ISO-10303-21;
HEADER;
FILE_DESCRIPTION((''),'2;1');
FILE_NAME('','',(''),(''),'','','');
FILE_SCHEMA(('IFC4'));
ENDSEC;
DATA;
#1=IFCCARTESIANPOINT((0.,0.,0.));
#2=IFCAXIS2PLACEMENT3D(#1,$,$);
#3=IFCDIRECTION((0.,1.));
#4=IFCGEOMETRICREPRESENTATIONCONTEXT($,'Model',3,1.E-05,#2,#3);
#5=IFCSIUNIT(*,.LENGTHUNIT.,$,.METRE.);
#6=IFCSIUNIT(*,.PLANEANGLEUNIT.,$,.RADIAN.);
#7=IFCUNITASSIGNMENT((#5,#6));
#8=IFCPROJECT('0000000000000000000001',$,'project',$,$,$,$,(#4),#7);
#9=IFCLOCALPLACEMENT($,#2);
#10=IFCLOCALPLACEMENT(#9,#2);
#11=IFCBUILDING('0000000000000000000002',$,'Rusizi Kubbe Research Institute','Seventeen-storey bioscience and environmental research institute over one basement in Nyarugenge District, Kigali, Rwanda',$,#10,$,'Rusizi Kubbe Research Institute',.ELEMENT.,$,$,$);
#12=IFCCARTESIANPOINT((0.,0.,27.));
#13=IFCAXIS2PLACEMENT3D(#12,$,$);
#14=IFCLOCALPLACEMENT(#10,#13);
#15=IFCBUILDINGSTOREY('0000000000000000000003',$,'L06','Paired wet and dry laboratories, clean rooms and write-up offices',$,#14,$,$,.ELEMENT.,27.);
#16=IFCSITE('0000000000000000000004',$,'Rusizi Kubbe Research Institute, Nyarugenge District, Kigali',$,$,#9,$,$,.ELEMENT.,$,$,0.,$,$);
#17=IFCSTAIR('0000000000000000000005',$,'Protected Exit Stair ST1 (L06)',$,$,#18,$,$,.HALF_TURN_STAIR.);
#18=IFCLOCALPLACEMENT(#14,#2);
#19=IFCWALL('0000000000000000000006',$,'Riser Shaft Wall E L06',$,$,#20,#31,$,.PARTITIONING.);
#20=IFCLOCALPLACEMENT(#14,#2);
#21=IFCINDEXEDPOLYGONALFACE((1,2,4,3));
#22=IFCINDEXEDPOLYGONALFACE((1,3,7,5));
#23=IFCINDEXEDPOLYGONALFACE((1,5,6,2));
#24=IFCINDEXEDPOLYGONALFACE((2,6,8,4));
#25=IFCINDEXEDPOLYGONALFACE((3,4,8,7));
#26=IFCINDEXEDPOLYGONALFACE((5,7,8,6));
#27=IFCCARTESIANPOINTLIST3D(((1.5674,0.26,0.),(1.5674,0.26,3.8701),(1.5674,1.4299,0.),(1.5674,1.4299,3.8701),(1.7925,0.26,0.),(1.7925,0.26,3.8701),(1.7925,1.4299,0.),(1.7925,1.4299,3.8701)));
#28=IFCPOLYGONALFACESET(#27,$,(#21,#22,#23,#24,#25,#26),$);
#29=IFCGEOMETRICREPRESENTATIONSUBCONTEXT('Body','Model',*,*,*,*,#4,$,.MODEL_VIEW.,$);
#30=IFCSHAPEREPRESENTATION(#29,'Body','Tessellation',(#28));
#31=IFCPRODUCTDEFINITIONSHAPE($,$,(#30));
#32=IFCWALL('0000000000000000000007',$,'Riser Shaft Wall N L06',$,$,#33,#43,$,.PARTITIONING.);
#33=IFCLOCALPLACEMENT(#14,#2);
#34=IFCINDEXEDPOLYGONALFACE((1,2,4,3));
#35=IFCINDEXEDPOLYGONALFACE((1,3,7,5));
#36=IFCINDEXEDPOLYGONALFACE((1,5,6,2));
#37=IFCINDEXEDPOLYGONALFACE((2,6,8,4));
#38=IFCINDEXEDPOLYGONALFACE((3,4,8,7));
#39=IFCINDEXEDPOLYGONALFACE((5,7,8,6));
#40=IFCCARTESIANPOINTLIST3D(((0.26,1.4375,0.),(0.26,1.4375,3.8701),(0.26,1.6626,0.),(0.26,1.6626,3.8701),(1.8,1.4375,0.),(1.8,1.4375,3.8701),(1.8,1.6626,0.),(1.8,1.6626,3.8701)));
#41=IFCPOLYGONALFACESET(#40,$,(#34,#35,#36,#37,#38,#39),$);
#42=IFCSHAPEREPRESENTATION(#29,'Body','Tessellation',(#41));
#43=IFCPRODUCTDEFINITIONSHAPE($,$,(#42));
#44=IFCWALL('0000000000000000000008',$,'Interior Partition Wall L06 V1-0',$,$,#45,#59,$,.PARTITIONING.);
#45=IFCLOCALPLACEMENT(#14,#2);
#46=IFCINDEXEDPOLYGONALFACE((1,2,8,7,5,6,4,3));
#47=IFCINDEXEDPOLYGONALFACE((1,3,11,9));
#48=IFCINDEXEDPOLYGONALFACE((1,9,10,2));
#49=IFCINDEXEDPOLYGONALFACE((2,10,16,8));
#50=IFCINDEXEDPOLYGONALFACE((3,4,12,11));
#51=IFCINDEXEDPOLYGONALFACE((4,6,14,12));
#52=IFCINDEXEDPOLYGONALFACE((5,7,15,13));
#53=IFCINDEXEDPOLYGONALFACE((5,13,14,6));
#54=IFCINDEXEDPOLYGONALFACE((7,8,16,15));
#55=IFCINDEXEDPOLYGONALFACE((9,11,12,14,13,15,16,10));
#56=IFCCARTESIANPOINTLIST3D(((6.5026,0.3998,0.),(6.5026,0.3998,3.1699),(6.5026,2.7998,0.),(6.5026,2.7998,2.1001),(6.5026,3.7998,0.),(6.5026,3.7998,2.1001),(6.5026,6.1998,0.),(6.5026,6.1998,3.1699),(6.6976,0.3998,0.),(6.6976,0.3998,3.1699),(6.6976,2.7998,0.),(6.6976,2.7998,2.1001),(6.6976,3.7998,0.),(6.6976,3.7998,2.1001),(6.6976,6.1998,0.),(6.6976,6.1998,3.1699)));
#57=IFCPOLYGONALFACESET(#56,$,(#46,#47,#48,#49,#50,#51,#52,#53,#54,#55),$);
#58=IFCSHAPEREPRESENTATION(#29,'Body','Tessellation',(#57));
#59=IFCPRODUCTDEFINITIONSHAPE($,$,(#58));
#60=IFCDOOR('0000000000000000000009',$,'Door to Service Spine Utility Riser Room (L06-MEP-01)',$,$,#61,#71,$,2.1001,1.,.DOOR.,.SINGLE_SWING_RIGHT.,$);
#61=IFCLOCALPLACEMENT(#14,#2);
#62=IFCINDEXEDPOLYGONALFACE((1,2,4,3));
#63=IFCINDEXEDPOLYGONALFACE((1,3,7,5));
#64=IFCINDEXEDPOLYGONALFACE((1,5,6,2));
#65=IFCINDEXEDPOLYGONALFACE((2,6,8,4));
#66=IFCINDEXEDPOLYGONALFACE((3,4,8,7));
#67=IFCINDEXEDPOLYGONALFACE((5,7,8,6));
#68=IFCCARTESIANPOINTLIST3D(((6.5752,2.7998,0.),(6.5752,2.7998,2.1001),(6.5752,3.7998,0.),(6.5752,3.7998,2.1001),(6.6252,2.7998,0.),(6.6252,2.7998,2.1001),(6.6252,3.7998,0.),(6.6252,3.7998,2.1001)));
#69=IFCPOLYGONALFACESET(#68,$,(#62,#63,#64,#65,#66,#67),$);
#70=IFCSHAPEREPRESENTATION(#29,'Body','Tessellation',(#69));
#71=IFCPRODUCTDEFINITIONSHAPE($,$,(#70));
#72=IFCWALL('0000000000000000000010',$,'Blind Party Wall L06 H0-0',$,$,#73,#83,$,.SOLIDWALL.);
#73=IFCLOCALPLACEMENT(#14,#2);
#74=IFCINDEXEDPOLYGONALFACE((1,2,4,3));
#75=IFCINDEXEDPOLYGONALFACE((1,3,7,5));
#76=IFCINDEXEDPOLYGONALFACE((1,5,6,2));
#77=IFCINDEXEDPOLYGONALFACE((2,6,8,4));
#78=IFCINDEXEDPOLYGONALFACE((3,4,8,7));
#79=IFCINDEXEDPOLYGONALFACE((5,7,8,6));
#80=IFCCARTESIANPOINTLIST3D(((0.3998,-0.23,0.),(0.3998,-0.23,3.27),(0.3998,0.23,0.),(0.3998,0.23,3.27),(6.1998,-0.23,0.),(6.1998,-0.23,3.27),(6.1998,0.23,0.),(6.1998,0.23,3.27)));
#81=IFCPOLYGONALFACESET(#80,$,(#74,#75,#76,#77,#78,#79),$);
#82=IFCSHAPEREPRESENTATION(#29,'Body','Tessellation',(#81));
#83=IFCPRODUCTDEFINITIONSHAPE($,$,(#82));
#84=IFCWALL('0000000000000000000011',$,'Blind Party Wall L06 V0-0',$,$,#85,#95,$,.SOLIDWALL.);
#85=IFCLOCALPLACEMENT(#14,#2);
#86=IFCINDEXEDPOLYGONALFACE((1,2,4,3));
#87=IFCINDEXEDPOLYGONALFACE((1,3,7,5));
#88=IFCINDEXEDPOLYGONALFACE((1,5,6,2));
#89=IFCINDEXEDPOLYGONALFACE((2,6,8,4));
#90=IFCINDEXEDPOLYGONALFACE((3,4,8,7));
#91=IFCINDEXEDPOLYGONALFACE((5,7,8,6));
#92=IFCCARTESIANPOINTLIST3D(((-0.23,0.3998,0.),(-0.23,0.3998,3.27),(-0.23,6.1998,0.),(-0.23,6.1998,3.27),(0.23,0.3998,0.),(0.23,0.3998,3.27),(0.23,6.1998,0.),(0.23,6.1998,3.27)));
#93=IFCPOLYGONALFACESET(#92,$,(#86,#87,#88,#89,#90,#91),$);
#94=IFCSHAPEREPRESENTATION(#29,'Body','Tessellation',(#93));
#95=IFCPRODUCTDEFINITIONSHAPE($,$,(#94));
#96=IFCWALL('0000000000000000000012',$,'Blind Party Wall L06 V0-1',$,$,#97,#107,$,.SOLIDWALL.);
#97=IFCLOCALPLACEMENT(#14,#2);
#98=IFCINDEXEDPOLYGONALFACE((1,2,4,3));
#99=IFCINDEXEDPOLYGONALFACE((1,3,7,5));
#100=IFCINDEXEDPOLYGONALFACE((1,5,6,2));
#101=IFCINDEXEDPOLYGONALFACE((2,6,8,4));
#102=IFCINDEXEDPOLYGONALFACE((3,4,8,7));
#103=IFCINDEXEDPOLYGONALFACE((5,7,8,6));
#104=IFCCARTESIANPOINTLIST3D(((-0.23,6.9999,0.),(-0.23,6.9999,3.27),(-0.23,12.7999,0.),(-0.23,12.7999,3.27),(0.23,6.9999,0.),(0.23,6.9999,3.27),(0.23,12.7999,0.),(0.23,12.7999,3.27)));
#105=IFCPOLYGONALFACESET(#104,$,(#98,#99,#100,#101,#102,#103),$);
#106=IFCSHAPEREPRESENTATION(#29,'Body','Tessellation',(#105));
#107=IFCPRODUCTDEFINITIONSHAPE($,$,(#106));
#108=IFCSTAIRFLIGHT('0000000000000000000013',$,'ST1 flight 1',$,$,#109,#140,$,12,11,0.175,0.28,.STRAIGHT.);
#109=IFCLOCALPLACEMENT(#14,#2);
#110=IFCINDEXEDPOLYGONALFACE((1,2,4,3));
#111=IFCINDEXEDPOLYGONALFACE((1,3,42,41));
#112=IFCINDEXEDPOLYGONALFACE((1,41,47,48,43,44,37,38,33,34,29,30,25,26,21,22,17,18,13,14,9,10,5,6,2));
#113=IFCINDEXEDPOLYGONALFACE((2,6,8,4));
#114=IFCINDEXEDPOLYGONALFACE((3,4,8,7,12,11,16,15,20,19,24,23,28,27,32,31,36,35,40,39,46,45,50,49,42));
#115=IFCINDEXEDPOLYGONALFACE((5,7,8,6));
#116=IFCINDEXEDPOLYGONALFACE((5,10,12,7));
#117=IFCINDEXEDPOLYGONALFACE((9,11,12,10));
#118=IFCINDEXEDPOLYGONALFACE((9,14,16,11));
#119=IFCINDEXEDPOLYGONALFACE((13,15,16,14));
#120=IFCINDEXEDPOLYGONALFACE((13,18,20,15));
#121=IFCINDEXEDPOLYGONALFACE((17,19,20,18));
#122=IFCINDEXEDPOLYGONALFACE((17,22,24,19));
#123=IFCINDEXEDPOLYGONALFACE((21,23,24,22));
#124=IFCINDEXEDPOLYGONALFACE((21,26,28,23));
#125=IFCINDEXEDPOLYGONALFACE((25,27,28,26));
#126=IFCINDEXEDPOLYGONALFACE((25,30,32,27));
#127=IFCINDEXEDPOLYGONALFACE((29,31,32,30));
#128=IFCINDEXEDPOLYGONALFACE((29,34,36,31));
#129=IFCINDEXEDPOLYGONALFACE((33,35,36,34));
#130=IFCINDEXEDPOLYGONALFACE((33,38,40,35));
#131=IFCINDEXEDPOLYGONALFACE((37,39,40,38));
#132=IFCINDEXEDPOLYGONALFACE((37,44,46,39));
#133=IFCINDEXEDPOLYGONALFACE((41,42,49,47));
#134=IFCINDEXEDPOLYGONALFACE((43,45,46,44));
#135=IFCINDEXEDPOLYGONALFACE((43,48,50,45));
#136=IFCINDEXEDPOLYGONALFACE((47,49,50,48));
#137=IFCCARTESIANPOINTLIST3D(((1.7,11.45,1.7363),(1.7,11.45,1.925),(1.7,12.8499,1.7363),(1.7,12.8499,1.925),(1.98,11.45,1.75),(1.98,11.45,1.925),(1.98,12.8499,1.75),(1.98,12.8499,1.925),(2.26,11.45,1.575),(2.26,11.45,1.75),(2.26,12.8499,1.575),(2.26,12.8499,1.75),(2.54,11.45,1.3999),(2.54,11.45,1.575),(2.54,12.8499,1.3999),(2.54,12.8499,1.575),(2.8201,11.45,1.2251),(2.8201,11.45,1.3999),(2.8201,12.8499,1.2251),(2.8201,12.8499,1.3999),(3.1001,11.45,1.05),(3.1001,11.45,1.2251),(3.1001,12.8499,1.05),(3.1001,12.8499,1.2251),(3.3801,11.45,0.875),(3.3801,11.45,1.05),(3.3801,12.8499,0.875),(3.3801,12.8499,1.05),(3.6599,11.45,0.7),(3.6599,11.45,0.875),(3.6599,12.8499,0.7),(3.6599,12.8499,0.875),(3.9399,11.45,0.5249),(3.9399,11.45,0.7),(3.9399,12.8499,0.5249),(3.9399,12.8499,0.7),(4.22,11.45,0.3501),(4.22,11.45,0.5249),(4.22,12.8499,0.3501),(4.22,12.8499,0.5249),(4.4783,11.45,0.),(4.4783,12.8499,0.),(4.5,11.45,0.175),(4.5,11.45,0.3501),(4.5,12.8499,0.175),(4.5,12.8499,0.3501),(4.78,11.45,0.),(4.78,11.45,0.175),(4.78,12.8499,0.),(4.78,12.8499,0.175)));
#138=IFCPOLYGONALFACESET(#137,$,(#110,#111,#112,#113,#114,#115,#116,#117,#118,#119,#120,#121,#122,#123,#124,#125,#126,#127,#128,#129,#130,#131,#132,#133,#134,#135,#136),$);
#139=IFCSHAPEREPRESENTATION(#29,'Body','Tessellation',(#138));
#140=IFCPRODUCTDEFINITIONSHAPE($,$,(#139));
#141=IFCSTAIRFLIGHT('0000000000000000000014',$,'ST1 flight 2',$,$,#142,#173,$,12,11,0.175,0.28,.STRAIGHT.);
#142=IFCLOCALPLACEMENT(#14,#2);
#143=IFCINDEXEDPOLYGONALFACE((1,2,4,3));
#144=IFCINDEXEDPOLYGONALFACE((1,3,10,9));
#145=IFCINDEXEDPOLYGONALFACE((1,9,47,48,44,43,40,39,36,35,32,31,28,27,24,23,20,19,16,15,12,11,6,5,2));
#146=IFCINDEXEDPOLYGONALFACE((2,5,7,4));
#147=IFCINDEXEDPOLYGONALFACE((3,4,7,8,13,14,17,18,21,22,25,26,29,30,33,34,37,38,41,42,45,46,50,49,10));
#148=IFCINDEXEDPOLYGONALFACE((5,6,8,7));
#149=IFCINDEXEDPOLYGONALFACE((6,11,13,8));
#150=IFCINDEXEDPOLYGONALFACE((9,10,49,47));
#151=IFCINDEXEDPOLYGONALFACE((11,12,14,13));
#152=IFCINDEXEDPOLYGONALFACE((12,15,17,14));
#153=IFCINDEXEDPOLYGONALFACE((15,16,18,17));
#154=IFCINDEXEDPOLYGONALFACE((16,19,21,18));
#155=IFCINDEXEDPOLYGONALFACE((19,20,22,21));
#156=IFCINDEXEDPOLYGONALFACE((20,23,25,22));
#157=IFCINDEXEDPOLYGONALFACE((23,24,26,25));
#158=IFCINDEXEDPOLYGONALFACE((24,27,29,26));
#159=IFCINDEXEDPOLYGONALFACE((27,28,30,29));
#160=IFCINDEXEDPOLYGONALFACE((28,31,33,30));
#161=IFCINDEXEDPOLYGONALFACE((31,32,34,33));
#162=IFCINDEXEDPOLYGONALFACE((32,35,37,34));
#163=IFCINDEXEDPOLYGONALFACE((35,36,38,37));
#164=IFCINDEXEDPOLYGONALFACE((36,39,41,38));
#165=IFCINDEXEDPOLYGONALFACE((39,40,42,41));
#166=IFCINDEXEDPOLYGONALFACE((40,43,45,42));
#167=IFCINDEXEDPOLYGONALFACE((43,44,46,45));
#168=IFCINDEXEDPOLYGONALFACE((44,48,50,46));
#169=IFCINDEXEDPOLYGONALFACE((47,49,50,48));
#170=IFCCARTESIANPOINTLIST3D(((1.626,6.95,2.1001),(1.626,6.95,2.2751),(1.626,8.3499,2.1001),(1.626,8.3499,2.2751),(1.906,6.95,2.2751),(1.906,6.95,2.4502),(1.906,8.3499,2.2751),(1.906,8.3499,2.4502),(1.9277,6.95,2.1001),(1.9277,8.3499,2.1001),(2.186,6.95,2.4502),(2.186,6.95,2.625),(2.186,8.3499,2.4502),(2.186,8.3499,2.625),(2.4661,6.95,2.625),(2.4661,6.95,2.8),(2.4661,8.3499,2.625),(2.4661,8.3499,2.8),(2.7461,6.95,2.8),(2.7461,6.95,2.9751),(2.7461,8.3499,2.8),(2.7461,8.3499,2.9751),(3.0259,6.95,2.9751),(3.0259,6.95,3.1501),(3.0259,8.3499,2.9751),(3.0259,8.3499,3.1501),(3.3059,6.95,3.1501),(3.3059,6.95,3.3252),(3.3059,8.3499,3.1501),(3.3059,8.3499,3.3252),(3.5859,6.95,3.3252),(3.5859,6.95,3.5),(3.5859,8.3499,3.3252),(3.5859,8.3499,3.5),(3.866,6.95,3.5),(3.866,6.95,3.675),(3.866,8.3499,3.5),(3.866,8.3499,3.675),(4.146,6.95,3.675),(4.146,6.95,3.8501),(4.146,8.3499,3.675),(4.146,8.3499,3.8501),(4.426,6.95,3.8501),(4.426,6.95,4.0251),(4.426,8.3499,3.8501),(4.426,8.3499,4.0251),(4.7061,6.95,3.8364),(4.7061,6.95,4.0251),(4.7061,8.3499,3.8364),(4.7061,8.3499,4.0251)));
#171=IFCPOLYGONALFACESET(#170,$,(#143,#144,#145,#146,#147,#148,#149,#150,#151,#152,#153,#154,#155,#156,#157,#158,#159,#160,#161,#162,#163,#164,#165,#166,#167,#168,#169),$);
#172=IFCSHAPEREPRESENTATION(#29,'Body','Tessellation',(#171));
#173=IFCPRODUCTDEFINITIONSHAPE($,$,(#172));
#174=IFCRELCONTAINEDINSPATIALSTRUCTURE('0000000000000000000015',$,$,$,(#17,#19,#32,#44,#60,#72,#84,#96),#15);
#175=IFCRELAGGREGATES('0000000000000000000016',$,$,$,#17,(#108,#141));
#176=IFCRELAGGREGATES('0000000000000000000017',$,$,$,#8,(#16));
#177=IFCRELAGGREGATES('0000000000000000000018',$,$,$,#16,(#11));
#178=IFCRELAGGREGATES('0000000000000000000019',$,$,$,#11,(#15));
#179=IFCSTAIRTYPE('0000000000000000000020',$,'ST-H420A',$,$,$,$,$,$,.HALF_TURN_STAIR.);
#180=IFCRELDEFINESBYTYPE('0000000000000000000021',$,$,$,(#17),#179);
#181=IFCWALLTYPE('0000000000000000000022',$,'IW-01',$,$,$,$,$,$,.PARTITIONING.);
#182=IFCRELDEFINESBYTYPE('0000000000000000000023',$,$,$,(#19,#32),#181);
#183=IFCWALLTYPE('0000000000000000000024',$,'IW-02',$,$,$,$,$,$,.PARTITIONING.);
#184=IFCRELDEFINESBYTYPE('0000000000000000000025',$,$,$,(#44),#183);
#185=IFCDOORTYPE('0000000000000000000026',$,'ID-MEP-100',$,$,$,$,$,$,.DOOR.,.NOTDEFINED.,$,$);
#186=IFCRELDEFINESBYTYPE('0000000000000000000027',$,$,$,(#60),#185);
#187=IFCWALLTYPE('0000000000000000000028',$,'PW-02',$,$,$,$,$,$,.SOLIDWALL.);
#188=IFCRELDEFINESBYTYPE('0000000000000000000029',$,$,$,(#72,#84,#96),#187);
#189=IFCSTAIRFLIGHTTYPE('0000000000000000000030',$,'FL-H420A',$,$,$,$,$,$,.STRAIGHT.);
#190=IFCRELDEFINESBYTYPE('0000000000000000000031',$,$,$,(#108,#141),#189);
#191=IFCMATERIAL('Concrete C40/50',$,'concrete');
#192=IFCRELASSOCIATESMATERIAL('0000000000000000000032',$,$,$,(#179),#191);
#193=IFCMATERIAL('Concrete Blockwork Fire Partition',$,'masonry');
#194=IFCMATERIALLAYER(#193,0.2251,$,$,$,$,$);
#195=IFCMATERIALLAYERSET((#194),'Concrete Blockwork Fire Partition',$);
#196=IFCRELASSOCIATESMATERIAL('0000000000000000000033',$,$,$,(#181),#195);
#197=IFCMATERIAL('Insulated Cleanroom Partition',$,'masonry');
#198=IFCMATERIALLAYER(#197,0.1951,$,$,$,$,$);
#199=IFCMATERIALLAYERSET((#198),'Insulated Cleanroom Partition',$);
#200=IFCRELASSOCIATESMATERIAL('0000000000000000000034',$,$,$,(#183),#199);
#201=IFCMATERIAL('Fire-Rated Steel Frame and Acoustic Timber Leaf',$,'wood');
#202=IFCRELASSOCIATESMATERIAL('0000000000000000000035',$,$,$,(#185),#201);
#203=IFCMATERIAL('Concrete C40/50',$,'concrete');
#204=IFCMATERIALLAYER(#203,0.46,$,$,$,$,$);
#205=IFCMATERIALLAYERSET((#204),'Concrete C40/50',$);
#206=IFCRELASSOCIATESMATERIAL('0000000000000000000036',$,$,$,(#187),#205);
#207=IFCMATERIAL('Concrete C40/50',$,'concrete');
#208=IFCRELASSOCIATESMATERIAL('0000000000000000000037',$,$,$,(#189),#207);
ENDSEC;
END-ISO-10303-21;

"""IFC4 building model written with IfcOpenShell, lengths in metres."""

from ifc_helpers import new_model, si_unit, direction, frame, frame_2d, origin, place, context, subcontext, project, spatial, polyline, rectangle, outline, extrude, material, layer, layer_set, type_object, element, fill, aggregate, save


model = new_model("IFC4")

# Units and contexts
model_context = context("Model", 3, precision=1e-05, world=origin(), true_north=direction((0.0, 1.0)))
body_context = subcontext(model_context, "Body", "Model", "MODEL_VIEW")
ifc_project = project(units=[si_unit("LENGTHUNIT", "METRE"), si_unit("PLANEANGLEUNIT", "RADIAN")], contexts=[model_context])

# Site, building, storey
site_placement = place(None, origin())
site = spatial("IfcSite", under=ifc_project, at=site_placement, Name="Rusizi Kubbe Research Institute, Nyarugenge District, Kigali", CompositionType="ELEMENT", RefElevation=0.0)
building_placement = place(site_placement, origin())
building = spatial("IfcBuilding", under=site, at=building_placement, Name="Rusizi Kubbe Research Institute", Description="Seventeen-storey bioscience and environmental research institute over one basement in Nyarugenge District, Kigali, Rwanda", LongName="Rusizi Kubbe Research Institute", CompositionType="ELEMENT")
storey_placement = place(building_placement, frame((0.0, 0.0, 27.0)))
storey = spatial("IfcBuildingStorey", under=building, at=storey_placement, Name="L06", Description="Paired wet and dry laboratories, clean rooms and write-up offices", CompositionType="ELEMENT", Elevation=27.0)

# Stair
ifc_material_1 = material(Name="Concrete C40/50", Category="concrete")
stair_type_1 = type_object("IfcStairType", Name="ST-H420A", PredefinedType="HALF_TURN_STAIR", material=ifc_material_1)
stair_1_placement = place(storey_placement, origin())
stair_1 = element("IfcStair", 1, at=stair_1_placement, inside=storey, type_object=stair_type_1, Name="Protected Exit Stair ST1 (L06)", PredefinedType="HALF_TURN_STAIR")

# Walls
ifc_material_2 = material(Name="Concrete Blockwork Fire Partition", Category="masonry")
ifc_layer_1 = layer(ifc_material_2, 0.2251)
ifc_layer_set_1 = layer_set([ifc_layer_1], Name="Concrete Blockwork Fire Partition")
wall_type_1 = type_object("IfcWallType", Name="IW-01", PredefinedType="PARTITIONING", material=ifc_layer_set_1)
wall_1_placement = place(storey_placement, frame((1.6799, 0.26, 0.0), z_axis=(0.0, 0.0, 1.0), x_axis=(0.0, 1.0, 0.0)))
element("IfcWall", 2, at=wall_1_placement, inside=storey, type_object=wall_type_1, Name="Riser Shaft Wall E L06", PredefinedType="PARTITIONING", context=body_context, shape_type="SweptSolid", body=[
    extrude(rectangle(XDim=1.1699, YDim=0.2251, at=frame_2d((0.585, 0.0))), origin(), (0.0, 0.0, 1.0), 3.8701),
])
wall_2_placement = place(storey_placement, frame((0.26, 1.55, 0.0), z_axis=(0.0, 0.0, 1.0), x_axis=(1.0, 0.0, 0.0)))
element("IfcWall", 3, at=wall_2_placement, inside=storey, type_object=wall_type_1, Name="Riser Shaft Wall N L06", PredefinedType="PARTITIONING", context=body_context, shape_type="SweptSolid", body=[
    extrude(rectangle(XDim=1.54, YDim=0.2251, at=frame_2d((0.77, 0.0))), origin(), (0.0, 0.0, 1.0), 3.8701),
])

# Wall, opening, door
ifc_material_3 = material(Name="Insulated Cleanroom Partition", Category="masonry")
ifc_layer_2 = layer(ifc_material_3, 0.1951)
ifc_layer_set_2 = layer_set([ifc_layer_2], Name="Insulated Cleanroom Partition")
wall_type_2 = type_object("IfcWallType", Name="IW-02", PredefinedType="PARTITIONING", material=ifc_layer_set_2)
wall_3_placement = place(storey_placement, frame((6.6001, 0.3999, 0.0), z_axis=(0.0, 0.0, 1.0), x_axis=(0.0, 1.0, 0.0)))
wall_3 = element("IfcWall", 4, at=wall_3_placement, inside=storey, type_object=wall_type_2, Name="Interior Partition Wall L06 V1-0", PredefinedType="PARTITIONING", context=body_context, shape_type="SweptSolid", body=[
    extrude(rectangle(XDim=5.8, YDim=0.1951, at=frame_2d((2.8999, 0.0))), origin(), (0.0, 0.0, 1.0), 3.1699),
])
opening_placement = place(wall_3_placement, frame((2.3999, 0.0, 0.0)))
opening = element("IfcOpeningElement", 5, at=opening_placement, cuts=wall_3, PredefinedType="OPENING", context=body_context, shape_type="SweptSolid", body=[
    extrude(rectangle(XDim=1.0, YDim=2.1001, at=frame_2d((0.5, 1.05))), frame((0.0, 0.1074, 0.0), z_axis=(0.0, -1.0, 0.0), x_axis=(1.0, 0.0, 0.0)), (0.0, 0.0, 1.0), 0.2151),
])
ifc_material_4 = material(Name="Fire-Rated Steel Frame and Acoustic Timber Leaf", Category="wood")
door_type = type_object("IfcDoorType", Name="ID-MEP-100", OperationType="NOTDEFINED", PredefinedType="DOOR", material=ifc_material_4)
door_placement = place(opening_placement, origin())
door = element("IfcDoor", 6, at=door_placement, inside=storey, type_object=door_type, Name="Door to Service Spine Utility Riser Room (L06-MEP-01)", OperationType="SINGLE_SWING_RIGHT", OverallHeight=2.1001, OverallWidth=1.0, PredefinedType="DOOR", context=body_context, shape_type="SweptSolid", body=[
    extrude(rectangle(XDim=1.0, YDim=2.1001, at=frame_2d((0.5, 1.05))), frame((0.0, 0.0249, 0.0), z_axis=(0.0, -1.0, 0.0), x_axis=(1.0, 0.0, 0.0)), (0.0, 0.0, 1.0), 0.05),
])
fill(opening, door)

# Walls
ifc_material_5 = material(Name="Concrete C40/50", Category="concrete")
ifc_layer_3 = layer(ifc_material_5, 0.46)
ifc_layer_set_3 = layer_set([ifc_layer_3], Name="Concrete C40/50")
wall_type_3 = type_object("IfcWallType", Name="PW-02", PredefinedType="SOLIDWALL", material=ifc_layer_set_3)
for number, where, z_axis, x_axis, name in (
    (7, (0.3999, 0.0, 0.0), (0.0, 0.0, 1.0), (1.0, 0.0, 0.0), "Blind Party Wall L06 H0-0"),
    (8, (0.0, 0.3999, 0.0), (0.0, 0.0, 1.0), (0.0, 1.0, 0.0), "Blind Party Wall L06 V0-0"),
    (9, (0.0, 7.0, 0.0), (0.0, 0.0, 1.0), (0.0, 1.0, 0.0), "Blind Party Wall L06 V0-1"),
):
    element("IfcWall", number, at=place(storey_placement, frame(where, z_axis=z_axis, x_axis=x_axis)), inside=storey, type_object=wall_type_3, Name=name, PredefinedType="SOLIDWALL", context=body_context, shape_type="SweptSolid", body=[
        extrude(rectangle(XDim=5.8, YDim=0.46, at=frame_2d((2.8999, 0.0))), origin(), (0.0, 0.0, 1.0), 3.27),
    ])

# Stair flights
ifc_material_6 = material(Name="Concrete C40/50", Category="concrete")
stair_flight_type = type_object("IfcStairFlightType", Name="FL-H420A", PredefinedType="STRAIGHT", material=ifc_material_6)
stair_flight_1_placement = place(storey_placement, frame((4.78, 12.1499, 0.0), z_axis=(0.0, 0.0, 1.0), x_axis=(-1.0, 0.0, 0.0)))
stair_flight_1 = element("IfcStairFlight", 10, at=stair_flight_1_placement, type_object=stair_flight_type, Name="ST1 flight 1", NumberOfRisers=12, NumberOfTreads=11, PredefinedType="STRAIGHT", RiserHeight=0.175, TreadLength=0.28, context=body_context, shape_type="SweptSolid", body=[
    extrude(outline(polyline([(0.0, 0.0), (0.0, 0.175), (0.28, 0.175), (0.28, 0.3501), (0.5601, 0.3501), (0.5601, 0.5249), (0.8401, 0.5249), (0.8401, 0.7), (1.1201, 0.7), (1.1201, 0.875), (1.3999, 0.875), (1.3999, 1.05), (1.6799, 1.05), (1.6799, 1.2251), (1.96, 1.2251), (1.96, 1.3999), (2.24, 1.3999), (2.24, 1.575), (2.52, 1.575), (2.52, 1.75), (2.8, 1.75), (2.8, 1.925), (3.0801, 1.925), (3.0801, 2.1001), (3.0801, 1.7363), (0.3018, 0.0), (0.0, 0.0)])), frame((0.0, 0.7, 0.0), z_axis=(0.0, -1.0, 0.0), x_axis=(1.0, 0.0, 0.0)), (0.0, 0.0, 1.0), 1.3999),
])
stair_flight_2_placement = place(storey_placement, frame((1.626, 7.6499, 2.1001), z_axis=(0.0, 0.0, 1.0), x_axis=(1.0, 0.0, 0.0)))
stair_flight_2 = element("IfcStairFlight", 11, at=stair_flight_2_placement, type_object=stair_flight_type, Name="ST1 flight 2", NumberOfRisers=12, NumberOfTreads=11, PredefinedType="STRAIGHT", RiserHeight=0.175, TreadLength=0.28, context=body_context, shape_type="SweptSolid", body=[
    extrude(outline(polyline([(0.0, 0.0), (0.0, 0.175), (0.28, 0.175), (0.28, 0.3501), (0.5601, 0.3501), (0.5601, 0.5249), (0.8401, 0.5249), (0.8401, 0.7), (1.1201, 0.7), (1.1201, 0.875), (1.3999, 0.875), (1.3999, 1.05), (1.6799, 1.05), (1.6799, 1.2251), (1.96, 1.2251), (1.96, 1.3999), (2.24, 1.3999), (2.24, 1.575), (2.52, 1.575), (2.52, 1.75), (2.8, 1.75), (2.8, 1.925), (3.0801, 1.925), (3.0801, 2.1001), (3.0801, 1.7363), (0.3018, 0.0), (0.0, 0.0)])), frame((0.0, 0.7, 0.0), z_axis=(0.0, -1.0, 0.0), x_axis=(1.0, 0.0, 0.0)), (0.0, 0.0, 1.0), 1.3999),
])
aggregate(stair_1, [stair_flight_1, stair_flight_2])

save(model, "model.ifc")
